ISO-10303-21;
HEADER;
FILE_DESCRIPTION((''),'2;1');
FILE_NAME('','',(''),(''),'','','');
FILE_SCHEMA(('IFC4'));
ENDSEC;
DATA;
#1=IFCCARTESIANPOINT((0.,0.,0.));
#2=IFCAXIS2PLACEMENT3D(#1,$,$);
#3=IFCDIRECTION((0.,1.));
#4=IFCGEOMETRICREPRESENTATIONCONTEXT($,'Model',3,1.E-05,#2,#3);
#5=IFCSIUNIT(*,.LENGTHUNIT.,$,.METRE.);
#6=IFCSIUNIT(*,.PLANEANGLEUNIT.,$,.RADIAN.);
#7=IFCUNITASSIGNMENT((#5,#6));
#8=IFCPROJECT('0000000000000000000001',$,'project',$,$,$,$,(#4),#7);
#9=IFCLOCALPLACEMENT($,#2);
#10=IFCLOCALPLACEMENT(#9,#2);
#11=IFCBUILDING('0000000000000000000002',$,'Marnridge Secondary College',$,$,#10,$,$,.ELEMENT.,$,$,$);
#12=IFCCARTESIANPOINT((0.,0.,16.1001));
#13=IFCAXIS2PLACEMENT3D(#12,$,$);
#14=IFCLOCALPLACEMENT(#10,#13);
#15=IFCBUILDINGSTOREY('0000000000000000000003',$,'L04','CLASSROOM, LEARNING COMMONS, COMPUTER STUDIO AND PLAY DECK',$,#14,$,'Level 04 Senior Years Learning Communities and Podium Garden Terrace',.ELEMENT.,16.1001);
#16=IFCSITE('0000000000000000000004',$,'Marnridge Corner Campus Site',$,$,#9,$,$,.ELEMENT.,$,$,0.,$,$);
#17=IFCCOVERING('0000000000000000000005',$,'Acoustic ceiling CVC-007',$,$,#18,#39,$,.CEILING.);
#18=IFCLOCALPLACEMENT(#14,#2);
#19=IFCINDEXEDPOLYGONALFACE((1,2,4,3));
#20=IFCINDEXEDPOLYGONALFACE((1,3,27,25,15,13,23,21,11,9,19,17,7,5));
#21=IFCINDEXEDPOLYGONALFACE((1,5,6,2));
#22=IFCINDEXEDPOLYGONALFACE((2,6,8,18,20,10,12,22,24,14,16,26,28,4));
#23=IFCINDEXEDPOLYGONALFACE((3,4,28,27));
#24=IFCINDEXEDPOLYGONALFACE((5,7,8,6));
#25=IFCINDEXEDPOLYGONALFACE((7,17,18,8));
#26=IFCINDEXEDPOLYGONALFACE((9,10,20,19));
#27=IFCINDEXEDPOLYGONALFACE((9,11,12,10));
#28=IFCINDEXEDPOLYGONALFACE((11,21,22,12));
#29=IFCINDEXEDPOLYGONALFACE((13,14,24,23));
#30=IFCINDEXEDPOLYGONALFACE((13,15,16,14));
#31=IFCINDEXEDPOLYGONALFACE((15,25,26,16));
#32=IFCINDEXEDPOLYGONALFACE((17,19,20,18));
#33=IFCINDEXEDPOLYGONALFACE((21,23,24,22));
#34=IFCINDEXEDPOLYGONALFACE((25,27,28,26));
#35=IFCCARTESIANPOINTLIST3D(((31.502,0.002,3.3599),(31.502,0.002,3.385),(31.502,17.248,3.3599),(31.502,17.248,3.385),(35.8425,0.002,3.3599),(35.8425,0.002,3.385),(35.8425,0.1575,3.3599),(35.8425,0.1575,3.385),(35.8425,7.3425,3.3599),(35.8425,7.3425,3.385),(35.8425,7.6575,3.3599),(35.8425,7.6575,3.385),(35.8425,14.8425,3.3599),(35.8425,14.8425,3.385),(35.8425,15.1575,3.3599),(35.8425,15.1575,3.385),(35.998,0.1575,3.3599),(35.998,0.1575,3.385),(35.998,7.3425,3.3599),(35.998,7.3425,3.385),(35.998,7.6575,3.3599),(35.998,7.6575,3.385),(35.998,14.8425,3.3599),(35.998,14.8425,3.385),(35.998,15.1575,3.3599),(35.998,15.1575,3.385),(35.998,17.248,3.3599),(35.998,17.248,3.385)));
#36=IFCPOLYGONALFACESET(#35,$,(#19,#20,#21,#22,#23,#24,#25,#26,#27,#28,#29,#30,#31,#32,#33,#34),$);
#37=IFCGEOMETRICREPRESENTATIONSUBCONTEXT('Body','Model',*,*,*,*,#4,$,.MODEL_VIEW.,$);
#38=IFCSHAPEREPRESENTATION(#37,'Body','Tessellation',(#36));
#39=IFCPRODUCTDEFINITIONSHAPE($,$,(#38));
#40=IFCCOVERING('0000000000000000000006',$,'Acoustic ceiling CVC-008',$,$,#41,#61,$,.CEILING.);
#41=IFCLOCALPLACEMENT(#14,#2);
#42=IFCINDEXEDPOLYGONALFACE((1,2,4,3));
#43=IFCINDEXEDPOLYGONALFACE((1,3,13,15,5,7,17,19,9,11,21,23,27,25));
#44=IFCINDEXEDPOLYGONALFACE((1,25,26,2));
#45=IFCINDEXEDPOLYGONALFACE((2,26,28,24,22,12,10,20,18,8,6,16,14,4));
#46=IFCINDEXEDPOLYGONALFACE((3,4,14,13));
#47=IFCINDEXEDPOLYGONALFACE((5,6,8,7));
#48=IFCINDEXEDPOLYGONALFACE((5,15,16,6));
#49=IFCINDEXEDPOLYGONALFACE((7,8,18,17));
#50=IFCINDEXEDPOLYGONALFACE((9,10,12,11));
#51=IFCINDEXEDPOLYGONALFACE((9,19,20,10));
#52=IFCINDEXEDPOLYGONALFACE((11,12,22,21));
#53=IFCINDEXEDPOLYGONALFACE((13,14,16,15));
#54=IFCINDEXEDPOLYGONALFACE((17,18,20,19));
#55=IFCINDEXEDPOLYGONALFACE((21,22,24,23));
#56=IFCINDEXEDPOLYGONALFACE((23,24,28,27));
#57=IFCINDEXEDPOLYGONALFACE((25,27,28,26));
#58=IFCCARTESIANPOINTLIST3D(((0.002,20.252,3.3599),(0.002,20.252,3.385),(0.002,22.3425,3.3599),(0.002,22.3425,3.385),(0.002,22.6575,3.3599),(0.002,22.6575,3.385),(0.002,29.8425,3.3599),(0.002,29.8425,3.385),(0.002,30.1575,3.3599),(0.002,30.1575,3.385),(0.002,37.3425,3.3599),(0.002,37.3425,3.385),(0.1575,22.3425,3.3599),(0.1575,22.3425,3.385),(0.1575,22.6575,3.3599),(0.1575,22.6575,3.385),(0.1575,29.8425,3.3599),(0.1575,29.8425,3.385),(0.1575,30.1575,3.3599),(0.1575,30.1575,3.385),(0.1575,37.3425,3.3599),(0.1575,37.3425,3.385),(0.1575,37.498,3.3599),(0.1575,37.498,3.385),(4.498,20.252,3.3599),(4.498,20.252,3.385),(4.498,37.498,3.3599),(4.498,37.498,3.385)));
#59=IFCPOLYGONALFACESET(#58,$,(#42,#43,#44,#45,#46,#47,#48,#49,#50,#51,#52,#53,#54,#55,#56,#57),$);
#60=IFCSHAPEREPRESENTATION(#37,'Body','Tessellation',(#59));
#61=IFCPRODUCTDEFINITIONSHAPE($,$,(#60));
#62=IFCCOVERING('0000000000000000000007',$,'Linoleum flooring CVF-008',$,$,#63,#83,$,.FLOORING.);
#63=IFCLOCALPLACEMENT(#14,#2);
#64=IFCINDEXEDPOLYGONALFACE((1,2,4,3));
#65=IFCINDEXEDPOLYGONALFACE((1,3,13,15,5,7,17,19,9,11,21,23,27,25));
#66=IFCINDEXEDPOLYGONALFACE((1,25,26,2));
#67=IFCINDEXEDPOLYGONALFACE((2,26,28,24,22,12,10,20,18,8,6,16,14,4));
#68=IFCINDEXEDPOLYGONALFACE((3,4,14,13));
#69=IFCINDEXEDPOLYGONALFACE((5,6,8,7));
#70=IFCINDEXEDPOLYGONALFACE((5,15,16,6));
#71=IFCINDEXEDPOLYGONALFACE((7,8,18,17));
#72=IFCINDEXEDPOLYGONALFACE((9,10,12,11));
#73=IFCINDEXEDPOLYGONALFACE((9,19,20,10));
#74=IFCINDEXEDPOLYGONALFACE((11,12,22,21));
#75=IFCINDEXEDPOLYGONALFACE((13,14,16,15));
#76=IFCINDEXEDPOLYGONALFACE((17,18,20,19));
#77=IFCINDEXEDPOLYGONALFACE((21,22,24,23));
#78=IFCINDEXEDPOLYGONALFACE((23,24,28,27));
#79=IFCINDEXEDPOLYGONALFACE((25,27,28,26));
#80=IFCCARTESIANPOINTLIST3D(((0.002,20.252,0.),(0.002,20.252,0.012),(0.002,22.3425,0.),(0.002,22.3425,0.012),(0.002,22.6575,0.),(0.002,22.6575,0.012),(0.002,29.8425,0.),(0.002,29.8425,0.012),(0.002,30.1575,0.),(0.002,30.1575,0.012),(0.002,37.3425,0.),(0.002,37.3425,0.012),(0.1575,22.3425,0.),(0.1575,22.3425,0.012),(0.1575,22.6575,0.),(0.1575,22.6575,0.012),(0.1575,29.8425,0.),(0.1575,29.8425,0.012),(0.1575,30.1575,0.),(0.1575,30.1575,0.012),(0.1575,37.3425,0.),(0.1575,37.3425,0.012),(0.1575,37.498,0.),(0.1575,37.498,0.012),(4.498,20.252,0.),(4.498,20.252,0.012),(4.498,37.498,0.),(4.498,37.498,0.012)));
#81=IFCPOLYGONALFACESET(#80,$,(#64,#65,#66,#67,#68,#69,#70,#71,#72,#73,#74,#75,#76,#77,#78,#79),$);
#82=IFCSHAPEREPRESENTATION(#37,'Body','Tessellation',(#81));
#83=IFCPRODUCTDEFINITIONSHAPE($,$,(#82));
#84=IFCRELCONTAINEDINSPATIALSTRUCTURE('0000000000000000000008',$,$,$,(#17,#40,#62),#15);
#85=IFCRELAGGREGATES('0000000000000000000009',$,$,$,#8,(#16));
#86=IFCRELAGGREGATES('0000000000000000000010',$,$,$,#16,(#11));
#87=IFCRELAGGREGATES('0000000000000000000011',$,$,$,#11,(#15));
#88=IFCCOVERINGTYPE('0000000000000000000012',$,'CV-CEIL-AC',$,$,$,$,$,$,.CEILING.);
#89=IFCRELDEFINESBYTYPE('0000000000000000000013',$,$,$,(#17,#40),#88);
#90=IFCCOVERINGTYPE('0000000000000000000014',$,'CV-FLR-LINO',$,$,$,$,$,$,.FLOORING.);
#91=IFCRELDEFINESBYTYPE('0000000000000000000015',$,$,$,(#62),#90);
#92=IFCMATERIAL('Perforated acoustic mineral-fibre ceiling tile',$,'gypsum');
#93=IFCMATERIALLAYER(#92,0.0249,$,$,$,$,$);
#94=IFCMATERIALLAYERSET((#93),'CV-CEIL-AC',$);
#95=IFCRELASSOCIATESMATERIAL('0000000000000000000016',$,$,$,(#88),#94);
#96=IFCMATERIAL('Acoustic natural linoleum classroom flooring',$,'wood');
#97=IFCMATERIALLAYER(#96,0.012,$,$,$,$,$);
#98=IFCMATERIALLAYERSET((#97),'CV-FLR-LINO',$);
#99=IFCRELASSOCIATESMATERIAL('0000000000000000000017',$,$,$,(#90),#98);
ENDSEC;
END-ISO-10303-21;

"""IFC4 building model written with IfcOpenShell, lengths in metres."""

from ifc_helpers import new_model, si_unit, direction, frame, origin, place, context, subcontext, project, spatial, polyline, outline, extrude, material, layer, layer_set, type_object, element, save


model = new_model("IFC4")

# Units and contexts
model_context = context("Model", 3, precision=1e-05, world=origin(), true_north=direction((0.0, 1.0)))
body_context = subcontext(model_context, "Body", "Model", "MODEL_VIEW")
ifc_project = project(units=[si_unit("LENGTHUNIT", "METRE"), si_unit("PLANEANGLEUNIT", "RADIAN")], contexts=[model_context])

# Site, building, storey
site_placement = place(None, origin())
site = spatial("IfcSite", under=ifc_project, at=site_placement, Name="Marnridge Corner Campus Site", CompositionType="ELEMENT", RefElevation=0.0)
building_placement = place(site_placement, origin())
building = spatial("IfcBuilding", under=site, at=building_placement, Name="Marnridge Secondary College", CompositionType="ELEMENT")
storey_placement = place(building_placement, frame((0.0, 0.0, 16.1001)))
storey = spatial("IfcBuildingStorey", under=building, at=storey_placement, Name="L04", Description="CLASSROOM, LEARNING COMMONS, COMPUTER STUDIO AND PLAY DECK", LongName="Level 04 Senior Years Learning Communities and Podium Garden Terrace", CompositionType="ELEMENT", Elevation=16.1001)

# Coverings
ifc_material_1 = material(Name="Perforated acoustic mineral-fibre ceiling tile", Category="gypsum")
ifc_layer_1 = layer(ifc_material_1, 0.0249)
ifc_layer_set_1 = layer_set([ifc_layer_1], Name="CV-CEIL-AC")
covering_type_1 = type_object("IfcCoveringType", Name="CV-CEIL-AC", PredefinedType="CEILING", material=ifc_layer_set_1)
covering_1_placement = place(storey_placement, frame((0.0, 0.0, 3.3599)))
element("IfcCovering", 1, at=covering_1_placement, inside=storey, type_object=covering_type_1, Name="Acoustic ceiling CVC-007", PredefinedType="CEILING", context=body_context, shape_type="SweptSolid", body=[
    extrude(outline(polyline([(35.998, 17.248), (35.998, 15.1575), (35.8425, 15.1575), (35.8425, 14.8425), (35.998, 14.8425), (35.998, 7.6575), (35.8425, 7.6575), (35.8425, 7.3425), (35.998, 7.3425), (35.998, 0.1575), (35.8425, 0.1575), (35.8425, 0.002), (31.502, 0.002), (31.502, 17.248), (35.998, 17.248)])), origin(), (0.0, 0.0, 1.0), 0.0251),
])
covering_2_placement = place(storey_placement, frame((0.0, 0.0, 3.3599)))
element("IfcCovering", 2, at=covering_2_placement, inside=storey, type_object=covering_type_1, Name="Acoustic ceiling CVC-008", PredefinedType="CEILING", context=body_context, shape_type="SweptSolid", body=[
    extrude(outline(polyline([(0.1575, 22.3425), (0.1575, 22.6575), (0.002, 22.6575), (0.002, 29.8425), (0.1575, 29.8425), (0.1575, 30.1575), (0.002, 30.1575), (0.002, 37.3425), (0.1575, 37.3425), (0.1575, 37.498), (4.498, 37.498), (4.498, 20.252), (0.002, 20.252), (0.002, 22.3425), (0.1575, 22.3425)])), origin(), (0.0, 0.0, 1.0), 0.0251),
])
ifc_material_2 = material(Name="Acoustic natural linoleum classroom flooring", Category="wood")
ifc_layer_2 = layer(ifc_material_2, 0.012)
ifc_layer_set_2 = layer_set([ifc_layer_2], Name="CV-FLR-LINO")
covering_type_2 = type_object("IfcCoveringType", Name="CV-FLR-LINO", PredefinedType="FLOORING", material=ifc_layer_set_2)
covering_3_placement = place(storey_placement, origin())
element("IfcCovering", 3, at=covering_3_placement, inside=storey, type_object=covering_type_2, Name="Linoleum flooring CVF-008", PredefinedType="FLOORING", context=body_context, shape_type="SweptSolid", body=[
    extrude(outline(polyline([(0.1575, 22.3425), (0.1575, 22.6575), (0.002, 22.6575), (0.002, 29.8425), (0.1575, 29.8425), (0.1575, 30.1575), (0.002, 30.1575), (0.002, 37.3425), (0.1575, 37.3425), (0.1575, 37.498), (4.498, 37.498), (4.498, 20.252), (0.002, 20.252), (0.002, 22.3425), (0.1575, 22.3425)])), origin(), (0.0, 0.0, 1.0), 0.012),
])

save(model, "model.ifc")
